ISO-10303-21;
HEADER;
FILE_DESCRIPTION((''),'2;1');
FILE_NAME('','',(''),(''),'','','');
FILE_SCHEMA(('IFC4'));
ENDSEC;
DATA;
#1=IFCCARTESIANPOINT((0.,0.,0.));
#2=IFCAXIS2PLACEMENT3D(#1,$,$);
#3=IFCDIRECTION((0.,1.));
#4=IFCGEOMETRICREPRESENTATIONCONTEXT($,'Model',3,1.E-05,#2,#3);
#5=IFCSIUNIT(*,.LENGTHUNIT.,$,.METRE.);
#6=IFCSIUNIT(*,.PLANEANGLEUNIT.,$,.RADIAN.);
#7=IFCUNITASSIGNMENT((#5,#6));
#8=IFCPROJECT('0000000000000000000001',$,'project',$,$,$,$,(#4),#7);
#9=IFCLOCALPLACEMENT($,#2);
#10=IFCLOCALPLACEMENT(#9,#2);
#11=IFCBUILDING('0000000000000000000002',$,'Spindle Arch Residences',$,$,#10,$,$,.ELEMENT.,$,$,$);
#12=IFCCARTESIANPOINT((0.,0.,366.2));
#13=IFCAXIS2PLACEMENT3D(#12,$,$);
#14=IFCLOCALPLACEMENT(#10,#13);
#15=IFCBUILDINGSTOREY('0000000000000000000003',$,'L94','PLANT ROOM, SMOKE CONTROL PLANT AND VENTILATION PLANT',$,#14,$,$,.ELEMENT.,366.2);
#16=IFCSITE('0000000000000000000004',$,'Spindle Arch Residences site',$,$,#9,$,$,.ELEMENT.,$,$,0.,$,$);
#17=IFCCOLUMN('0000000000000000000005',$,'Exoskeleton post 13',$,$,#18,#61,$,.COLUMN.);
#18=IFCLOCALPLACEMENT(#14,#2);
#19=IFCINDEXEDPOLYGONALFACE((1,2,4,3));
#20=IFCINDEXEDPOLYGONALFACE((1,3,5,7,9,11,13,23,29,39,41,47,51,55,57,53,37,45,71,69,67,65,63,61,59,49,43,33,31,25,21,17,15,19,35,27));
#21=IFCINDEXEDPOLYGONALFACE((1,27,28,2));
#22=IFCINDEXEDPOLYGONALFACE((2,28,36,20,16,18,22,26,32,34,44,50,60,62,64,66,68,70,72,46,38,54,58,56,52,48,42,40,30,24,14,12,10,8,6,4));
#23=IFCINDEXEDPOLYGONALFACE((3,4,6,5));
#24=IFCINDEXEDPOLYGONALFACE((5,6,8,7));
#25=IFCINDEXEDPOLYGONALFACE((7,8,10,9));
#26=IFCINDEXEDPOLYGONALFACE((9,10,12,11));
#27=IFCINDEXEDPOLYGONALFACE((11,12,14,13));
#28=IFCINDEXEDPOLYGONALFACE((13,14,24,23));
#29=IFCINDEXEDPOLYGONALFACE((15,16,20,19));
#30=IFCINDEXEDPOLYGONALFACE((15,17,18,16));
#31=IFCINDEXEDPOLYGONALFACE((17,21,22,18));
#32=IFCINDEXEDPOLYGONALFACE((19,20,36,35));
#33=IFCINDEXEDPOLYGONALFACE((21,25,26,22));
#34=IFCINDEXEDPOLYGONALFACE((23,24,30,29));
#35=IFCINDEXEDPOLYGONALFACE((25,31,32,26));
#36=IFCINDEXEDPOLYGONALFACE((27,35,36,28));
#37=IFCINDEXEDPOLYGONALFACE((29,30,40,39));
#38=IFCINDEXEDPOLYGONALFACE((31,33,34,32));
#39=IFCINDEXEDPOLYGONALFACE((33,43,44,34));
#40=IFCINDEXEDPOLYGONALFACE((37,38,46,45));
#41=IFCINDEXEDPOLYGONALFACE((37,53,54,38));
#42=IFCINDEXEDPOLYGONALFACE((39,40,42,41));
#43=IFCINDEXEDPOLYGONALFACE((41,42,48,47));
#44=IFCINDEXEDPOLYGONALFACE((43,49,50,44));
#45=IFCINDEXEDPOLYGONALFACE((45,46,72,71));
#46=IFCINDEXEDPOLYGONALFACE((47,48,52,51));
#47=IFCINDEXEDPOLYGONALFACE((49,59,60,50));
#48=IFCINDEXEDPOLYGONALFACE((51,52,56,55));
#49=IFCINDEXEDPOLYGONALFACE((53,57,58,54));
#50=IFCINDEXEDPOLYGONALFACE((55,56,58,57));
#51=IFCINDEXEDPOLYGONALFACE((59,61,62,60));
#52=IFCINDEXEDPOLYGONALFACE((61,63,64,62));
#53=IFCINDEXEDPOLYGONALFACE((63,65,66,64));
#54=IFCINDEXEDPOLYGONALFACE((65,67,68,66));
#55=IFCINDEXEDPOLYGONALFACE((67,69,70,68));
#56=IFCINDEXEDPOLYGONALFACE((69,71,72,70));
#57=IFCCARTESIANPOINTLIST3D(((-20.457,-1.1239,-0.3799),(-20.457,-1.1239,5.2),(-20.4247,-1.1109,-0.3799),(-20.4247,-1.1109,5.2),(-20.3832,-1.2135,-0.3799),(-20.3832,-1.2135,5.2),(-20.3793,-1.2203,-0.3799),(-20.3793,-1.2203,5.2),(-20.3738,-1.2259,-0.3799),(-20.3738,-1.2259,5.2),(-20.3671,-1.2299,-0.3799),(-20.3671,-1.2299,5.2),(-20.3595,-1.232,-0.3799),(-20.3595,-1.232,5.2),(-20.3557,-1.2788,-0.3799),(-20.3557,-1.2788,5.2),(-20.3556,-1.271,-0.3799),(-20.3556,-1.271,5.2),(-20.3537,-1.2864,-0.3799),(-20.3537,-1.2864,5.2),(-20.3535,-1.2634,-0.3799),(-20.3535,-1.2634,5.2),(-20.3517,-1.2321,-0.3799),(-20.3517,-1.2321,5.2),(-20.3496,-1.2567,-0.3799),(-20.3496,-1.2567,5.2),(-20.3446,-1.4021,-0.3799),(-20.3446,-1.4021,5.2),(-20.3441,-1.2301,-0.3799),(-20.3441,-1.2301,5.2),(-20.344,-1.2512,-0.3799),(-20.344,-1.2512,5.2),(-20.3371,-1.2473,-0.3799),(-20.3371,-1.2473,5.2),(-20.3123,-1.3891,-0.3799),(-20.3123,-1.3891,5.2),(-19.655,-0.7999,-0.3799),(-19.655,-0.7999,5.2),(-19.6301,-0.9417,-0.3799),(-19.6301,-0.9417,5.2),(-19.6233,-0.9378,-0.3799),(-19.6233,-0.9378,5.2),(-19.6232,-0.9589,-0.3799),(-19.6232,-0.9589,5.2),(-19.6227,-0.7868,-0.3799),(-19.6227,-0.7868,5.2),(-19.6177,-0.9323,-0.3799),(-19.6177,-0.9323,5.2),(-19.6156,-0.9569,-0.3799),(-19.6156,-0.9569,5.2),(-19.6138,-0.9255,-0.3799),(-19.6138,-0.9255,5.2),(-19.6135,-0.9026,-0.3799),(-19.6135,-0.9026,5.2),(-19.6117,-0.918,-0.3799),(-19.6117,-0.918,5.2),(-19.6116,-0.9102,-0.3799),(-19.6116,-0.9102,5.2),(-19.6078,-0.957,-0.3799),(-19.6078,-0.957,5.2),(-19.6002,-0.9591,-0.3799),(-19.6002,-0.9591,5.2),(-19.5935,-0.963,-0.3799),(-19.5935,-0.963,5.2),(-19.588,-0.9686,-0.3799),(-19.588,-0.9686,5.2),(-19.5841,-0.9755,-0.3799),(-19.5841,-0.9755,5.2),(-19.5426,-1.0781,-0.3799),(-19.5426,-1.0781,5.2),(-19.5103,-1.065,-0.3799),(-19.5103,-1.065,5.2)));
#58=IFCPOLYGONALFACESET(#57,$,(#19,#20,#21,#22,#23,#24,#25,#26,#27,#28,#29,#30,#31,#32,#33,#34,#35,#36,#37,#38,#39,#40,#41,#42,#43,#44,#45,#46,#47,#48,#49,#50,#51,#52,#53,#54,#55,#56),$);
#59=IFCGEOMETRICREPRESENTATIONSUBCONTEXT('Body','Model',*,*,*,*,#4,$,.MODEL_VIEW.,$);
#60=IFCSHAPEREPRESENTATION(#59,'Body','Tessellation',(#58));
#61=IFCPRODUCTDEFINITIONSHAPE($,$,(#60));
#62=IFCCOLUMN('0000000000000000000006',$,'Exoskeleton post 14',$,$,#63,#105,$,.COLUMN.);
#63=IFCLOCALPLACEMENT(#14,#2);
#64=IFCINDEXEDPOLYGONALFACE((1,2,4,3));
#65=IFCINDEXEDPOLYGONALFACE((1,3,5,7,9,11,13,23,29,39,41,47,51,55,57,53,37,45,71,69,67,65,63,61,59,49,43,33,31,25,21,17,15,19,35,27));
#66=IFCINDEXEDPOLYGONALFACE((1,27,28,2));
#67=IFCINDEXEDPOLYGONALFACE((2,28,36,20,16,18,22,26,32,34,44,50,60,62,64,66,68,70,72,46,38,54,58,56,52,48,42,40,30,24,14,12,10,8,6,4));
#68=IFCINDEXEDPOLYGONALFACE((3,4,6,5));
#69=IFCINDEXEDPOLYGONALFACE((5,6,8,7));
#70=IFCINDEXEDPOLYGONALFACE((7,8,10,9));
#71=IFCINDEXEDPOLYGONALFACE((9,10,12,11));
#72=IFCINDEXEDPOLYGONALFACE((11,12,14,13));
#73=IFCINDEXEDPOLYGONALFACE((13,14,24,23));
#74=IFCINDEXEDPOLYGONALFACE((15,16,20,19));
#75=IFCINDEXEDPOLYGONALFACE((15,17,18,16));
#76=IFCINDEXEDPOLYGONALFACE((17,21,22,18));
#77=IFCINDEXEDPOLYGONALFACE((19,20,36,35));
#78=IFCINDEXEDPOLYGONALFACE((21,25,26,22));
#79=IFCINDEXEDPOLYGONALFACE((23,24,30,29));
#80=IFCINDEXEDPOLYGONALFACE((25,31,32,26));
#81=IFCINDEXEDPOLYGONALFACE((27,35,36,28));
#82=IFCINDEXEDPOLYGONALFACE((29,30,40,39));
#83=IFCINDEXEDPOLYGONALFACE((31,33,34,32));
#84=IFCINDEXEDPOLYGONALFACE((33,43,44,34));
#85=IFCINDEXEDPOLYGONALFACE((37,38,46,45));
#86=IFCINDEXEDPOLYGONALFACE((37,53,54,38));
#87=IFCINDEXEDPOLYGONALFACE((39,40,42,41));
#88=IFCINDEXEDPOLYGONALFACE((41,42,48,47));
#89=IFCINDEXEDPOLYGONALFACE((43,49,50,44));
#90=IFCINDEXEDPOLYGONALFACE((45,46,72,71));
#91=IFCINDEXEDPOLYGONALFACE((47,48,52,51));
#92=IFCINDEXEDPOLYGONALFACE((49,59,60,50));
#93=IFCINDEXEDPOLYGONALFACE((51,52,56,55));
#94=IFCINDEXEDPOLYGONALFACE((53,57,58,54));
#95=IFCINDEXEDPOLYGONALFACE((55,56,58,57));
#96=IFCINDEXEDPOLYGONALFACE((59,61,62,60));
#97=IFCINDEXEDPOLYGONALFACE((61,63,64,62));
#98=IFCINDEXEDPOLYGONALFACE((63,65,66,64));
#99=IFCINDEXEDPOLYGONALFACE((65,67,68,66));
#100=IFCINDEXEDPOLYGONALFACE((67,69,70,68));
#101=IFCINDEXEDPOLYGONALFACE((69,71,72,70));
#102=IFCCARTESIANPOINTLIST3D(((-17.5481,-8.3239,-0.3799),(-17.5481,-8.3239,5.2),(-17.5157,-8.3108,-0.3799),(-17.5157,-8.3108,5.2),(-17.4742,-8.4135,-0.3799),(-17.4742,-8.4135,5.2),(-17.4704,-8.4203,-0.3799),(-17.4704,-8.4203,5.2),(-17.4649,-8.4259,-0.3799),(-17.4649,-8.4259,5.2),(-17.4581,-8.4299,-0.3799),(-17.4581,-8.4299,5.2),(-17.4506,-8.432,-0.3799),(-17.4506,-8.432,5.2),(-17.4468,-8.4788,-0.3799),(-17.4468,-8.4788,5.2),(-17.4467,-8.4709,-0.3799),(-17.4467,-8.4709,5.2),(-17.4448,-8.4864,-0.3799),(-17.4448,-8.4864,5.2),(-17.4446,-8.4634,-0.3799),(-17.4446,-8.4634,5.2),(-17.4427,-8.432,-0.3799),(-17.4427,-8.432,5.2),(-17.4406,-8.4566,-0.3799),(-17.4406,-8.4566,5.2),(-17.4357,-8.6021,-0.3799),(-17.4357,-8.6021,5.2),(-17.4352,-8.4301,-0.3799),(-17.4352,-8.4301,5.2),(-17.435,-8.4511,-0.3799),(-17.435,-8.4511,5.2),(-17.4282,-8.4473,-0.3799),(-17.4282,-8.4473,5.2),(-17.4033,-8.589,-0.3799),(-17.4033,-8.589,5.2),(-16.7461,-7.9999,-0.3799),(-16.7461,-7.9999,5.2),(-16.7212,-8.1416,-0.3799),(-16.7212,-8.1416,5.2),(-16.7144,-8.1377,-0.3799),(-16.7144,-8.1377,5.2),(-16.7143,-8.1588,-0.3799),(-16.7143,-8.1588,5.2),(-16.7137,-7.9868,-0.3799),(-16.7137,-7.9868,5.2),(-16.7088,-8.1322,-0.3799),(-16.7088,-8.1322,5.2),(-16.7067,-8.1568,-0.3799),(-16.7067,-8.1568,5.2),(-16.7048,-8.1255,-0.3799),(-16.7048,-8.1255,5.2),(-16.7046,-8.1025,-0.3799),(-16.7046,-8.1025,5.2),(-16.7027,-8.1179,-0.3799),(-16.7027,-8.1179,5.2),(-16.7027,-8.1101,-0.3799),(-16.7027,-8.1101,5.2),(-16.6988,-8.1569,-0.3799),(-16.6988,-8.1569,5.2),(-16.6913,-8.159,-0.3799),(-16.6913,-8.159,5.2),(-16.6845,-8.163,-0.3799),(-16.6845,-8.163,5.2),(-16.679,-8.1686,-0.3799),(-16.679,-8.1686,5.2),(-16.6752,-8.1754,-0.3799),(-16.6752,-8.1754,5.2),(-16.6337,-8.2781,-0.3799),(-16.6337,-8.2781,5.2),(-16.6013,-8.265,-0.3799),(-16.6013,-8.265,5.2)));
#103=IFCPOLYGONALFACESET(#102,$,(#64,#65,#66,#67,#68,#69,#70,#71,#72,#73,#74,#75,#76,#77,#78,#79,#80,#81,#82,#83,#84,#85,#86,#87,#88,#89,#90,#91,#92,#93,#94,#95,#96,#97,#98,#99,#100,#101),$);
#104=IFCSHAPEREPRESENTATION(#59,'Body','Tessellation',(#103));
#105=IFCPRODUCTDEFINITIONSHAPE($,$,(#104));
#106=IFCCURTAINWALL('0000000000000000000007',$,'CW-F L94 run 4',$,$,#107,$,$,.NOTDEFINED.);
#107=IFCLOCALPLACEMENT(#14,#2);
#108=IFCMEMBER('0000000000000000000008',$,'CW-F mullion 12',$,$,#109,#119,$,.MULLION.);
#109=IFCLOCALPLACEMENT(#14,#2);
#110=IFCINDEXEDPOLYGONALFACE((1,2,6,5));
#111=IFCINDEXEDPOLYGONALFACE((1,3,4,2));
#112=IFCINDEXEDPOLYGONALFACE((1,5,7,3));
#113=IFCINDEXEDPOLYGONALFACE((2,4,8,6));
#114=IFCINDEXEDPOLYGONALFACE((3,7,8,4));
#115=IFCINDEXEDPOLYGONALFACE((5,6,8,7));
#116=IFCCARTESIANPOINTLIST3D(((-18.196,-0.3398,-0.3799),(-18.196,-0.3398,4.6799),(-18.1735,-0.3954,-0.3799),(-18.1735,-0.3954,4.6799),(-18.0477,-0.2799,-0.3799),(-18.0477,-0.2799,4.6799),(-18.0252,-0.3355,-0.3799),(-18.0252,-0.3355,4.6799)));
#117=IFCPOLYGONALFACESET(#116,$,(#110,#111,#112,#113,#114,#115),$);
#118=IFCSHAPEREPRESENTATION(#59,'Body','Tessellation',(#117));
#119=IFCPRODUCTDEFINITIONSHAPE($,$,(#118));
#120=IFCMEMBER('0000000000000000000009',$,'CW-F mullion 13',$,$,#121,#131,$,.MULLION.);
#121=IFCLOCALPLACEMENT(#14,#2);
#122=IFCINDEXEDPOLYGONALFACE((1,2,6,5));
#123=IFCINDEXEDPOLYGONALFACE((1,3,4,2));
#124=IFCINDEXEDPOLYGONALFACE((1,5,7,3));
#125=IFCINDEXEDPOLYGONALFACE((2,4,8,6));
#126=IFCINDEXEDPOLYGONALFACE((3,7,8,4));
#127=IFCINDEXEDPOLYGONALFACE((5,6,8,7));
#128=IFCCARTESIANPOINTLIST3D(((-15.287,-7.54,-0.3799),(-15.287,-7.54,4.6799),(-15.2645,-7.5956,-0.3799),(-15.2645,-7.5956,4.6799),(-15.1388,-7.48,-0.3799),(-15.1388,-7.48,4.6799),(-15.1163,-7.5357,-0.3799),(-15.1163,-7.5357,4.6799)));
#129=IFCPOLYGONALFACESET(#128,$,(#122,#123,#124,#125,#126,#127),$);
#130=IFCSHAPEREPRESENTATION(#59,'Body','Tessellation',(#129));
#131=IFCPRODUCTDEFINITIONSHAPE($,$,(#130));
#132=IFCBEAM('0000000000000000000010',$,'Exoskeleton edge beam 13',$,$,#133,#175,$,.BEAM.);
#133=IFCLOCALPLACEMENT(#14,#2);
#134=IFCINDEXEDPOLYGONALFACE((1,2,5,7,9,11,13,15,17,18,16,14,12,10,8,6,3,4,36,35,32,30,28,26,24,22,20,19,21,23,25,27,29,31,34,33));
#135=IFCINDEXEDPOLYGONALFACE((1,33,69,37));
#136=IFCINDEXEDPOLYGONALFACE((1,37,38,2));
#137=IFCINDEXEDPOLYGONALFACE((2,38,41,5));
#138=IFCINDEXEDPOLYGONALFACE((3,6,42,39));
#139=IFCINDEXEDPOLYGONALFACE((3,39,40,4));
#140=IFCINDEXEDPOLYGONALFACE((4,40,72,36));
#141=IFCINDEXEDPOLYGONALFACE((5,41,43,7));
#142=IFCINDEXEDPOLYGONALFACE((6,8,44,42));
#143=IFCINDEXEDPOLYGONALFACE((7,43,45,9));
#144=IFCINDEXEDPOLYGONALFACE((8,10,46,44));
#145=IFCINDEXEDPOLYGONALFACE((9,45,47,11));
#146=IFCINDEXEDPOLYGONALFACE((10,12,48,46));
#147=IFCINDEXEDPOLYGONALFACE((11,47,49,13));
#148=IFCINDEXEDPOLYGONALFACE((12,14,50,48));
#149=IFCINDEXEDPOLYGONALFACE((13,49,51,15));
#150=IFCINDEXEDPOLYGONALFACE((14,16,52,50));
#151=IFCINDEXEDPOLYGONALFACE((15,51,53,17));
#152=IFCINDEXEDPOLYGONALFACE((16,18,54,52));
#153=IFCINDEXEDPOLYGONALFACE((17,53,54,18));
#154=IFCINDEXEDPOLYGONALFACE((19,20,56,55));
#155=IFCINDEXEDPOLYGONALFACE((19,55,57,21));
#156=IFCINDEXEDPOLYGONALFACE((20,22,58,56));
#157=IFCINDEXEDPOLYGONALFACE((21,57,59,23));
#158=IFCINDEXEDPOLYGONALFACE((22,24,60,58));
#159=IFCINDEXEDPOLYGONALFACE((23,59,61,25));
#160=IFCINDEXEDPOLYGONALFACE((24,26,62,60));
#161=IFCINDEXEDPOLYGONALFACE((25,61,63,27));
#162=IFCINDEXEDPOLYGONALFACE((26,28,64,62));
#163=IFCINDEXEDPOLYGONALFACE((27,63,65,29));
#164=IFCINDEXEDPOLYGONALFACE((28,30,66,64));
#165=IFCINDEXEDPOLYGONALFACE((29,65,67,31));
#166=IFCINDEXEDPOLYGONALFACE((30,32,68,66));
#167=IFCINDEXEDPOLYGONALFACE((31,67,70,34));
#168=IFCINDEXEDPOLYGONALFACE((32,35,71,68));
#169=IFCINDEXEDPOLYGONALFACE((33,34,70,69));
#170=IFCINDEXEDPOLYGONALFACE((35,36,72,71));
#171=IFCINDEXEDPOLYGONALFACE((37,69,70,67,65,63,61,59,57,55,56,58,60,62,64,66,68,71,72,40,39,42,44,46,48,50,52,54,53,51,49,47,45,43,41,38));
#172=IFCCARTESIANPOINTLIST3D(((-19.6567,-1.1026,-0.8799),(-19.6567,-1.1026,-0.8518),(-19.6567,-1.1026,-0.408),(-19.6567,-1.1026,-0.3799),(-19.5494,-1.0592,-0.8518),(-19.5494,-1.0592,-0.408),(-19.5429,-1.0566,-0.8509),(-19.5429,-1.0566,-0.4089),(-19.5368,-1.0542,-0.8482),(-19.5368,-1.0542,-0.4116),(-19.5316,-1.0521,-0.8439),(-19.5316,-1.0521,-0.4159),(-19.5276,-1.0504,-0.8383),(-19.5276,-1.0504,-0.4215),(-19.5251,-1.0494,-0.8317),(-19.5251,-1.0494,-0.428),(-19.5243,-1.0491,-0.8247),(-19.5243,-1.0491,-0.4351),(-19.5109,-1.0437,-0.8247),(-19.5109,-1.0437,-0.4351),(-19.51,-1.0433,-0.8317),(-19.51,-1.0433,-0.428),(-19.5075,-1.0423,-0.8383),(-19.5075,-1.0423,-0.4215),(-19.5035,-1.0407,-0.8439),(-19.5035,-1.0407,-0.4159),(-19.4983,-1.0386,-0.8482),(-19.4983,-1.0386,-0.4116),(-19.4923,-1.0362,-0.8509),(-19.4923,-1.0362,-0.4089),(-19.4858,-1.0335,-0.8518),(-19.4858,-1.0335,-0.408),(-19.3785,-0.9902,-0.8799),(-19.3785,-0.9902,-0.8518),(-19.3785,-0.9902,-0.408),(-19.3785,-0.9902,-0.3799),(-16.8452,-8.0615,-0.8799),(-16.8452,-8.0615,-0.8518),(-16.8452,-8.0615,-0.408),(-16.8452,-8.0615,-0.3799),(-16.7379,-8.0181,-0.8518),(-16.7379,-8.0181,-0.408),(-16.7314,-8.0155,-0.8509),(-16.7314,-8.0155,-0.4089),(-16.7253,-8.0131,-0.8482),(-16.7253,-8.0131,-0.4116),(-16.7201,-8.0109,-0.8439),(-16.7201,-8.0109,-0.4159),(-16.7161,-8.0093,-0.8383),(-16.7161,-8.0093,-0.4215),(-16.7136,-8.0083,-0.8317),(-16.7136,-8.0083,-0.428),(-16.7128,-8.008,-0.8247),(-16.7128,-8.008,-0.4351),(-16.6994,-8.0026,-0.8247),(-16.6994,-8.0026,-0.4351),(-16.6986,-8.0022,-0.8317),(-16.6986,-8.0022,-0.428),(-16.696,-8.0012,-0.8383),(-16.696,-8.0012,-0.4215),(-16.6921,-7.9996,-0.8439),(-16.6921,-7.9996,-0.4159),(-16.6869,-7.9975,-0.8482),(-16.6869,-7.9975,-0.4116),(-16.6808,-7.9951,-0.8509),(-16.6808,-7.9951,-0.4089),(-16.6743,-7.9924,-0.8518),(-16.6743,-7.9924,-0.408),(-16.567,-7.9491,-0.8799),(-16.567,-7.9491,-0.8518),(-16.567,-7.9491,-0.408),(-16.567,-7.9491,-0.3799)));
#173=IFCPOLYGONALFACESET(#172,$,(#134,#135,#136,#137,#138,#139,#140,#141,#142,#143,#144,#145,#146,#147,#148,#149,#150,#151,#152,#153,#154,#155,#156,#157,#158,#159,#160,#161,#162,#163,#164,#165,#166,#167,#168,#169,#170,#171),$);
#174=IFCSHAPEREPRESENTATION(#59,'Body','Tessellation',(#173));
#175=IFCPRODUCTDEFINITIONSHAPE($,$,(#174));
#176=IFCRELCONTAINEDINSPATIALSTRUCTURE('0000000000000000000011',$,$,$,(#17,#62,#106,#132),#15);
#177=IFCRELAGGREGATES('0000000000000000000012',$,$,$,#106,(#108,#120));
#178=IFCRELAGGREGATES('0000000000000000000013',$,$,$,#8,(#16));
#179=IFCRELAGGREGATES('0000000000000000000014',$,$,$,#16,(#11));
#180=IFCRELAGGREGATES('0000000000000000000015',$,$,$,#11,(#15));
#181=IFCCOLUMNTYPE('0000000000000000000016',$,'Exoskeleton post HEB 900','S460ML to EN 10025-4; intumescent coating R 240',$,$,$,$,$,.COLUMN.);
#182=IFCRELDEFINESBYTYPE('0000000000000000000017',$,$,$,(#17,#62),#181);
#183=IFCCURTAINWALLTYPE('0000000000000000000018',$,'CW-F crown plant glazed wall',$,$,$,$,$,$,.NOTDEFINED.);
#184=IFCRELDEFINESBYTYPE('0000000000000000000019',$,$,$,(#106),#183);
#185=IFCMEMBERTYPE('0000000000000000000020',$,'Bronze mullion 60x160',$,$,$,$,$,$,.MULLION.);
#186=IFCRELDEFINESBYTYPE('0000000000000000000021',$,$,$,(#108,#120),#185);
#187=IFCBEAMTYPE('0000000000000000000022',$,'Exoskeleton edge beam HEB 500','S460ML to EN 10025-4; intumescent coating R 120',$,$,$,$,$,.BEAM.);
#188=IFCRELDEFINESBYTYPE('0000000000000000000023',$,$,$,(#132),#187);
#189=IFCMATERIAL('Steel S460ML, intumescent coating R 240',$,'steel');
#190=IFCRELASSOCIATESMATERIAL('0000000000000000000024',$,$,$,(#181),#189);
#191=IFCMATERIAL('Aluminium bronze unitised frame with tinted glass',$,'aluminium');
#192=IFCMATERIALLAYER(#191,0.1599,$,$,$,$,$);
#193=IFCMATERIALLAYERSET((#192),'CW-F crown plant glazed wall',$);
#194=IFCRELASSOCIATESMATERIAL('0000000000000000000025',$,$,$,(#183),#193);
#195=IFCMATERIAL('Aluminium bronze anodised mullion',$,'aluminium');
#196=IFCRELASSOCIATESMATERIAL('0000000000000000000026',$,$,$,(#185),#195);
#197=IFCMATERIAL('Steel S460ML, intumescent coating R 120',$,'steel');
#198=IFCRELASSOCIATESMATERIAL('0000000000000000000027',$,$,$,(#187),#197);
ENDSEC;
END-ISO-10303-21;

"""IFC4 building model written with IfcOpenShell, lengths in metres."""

from ifc_helpers import new_model, si_unit, direction, frame, origin, origin_2d, place, context, subcontext, project, spatial, rectangle, i_section, extrude, material, layer, layer_set, material_profile, profile_set, type_object, element, aggregate, save


model = new_model("IFC4")

# Units and contexts
model_context = context("Model", 3, precision=1e-05, world=origin(), true_north=direction((0.0, 1.0)))
body_context = subcontext(model_context, "Body", "Model", "MODEL_VIEW")
ifc_project = project(units=[si_unit("LENGTHUNIT", "METRE"), si_unit("PLANEANGLEUNIT", "RADIAN")], contexts=[model_context])

# Site, building, storey
site_placement = place(None, origin())
site = spatial("IfcSite", under=ifc_project, at=site_placement, Name="Spindle Arch Residences site", CompositionType="ELEMENT", RefElevation=0.0)
building_placement = place(site_placement, origin())
building = spatial("IfcBuilding", under=site, at=building_placement, Name="Spindle Arch Residences", CompositionType="ELEMENT")
storey_placement = place(building_placement, frame((0.0, 0.0, 366.2)))
storey = spatial("IfcBuildingStorey", under=building, at=storey_placement, Name="L94", Description="PLANT ROOM, SMOKE CONTROL PLANT AND VENTILATION PLANT", CompositionType="ELEMENT", Elevation=366.2)

# Columns
ifc_material_1 = material(Name="Steel S460ML, intumescent coating R 240", Category="steel")
ifc_material_profile_1 = material_profile(ifc_material_1, i_section(OverallWidth=0.3, OverallDepth=0.8999, WebThickness=0.0186, FlangeThickness=0.0349, FilletRadius=0.03, at=origin_2d()), Name="HEB 900")
ifc_profile_set_1 = profile_set([ifc_material_profile_1], Name="Steel S460ML, intumescent coating R 240")
column_type = type_object("IfcColumnType", Name="Exoskeleton post HEB 900", Description="S460ML to EN 10025-4; intumescent coating R 240", PredefinedType="COLUMN", material=ifc_profile_set_1)
for number, where, z_axis, x_axis, name in (
    (1, (-19.9836, -1.0945, -0.3799), (0.0, 0.0, 1.0), (-0.374607, 0.927184, 0.0), "Exoskeleton post 13"),
    (2, (-17.0747, -8.2944, -0.3799), (0.0, 0.0, 1.0), (-0.374607, 0.927184, 0.0), "Exoskeleton post 14"),
):
    element("IfcColumn", number, at=place(storey_placement, frame(where, z_axis=z_axis, x_axis=x_axis)), inside=storey, type_object=column_type, Name=name, PredefinedType="COLUMN", context=body_context, shape_type="SweptSolid", body=[
        extrude(i_section(OverallWidth=0.3, OverallDepth=0.8999, WebThickness=0.0186, FlangeThickness=0.0349, FilletRadius=0.03, at=origin_2d()), origin(), (0.0, 0.0, 1.0), 5.5798),
    ])

# Curtain wall, members
ifc_material_2 = material(Name="Aluminium bronze unitised frame with tinted glass", Category="aluminium")
ifc_layer_1 = layer(ifc_material_2, 0.1599)
ifc_layer_set_1 = layer_set([ifc_layer_1], Name="CW-F crown plant glazed wall")
curtain_wall_type = type_object("IfcCurtainWallType", Name="CW-F crown plant glazed wall", PredefinedType="NOTDEFINED", material=ifc_layer_set_1)
curtain_wall_placement = place(storey_placement, origin())
curtain_wall = element("IfcCurtainWall", 3, at=curtain_wall_placement, inside=storey, type_object=curtain_wall_type, Name="CW-F L94 run 4", PredefinedType="NOTDEFINED")
ifc_material_3 = material(Name="Aluminium bronze anodised mullion", Category="aluminium")
ifc_material_profile_2 = material_profile(ifc_material_3, rectangle(XDim=0.1599, YDim=0.0601, at=origin_2d()), Name="MU 60x160")
ifc_profile_set_2 = profile_set([ifc_material_profile_2], Name="Aluminium bronze anodised mullion")
member_type = type_object("IfcMemberType", Name="Bronze mullion 60x160", PredefinedType="MULLION", material=ifc_profile_set_2)
member_1_placement = place(storey_placement, frame((-18.1106, -0.3376, -0.3799), z_axis=(0.0, 0.0, 1.0), x_axis=(0.927184, 0.374607, 0.0)))
member_1 = element("IfcMember", 4, at=member_1_placement, type_object=member_type, Name="CW-F mullion 12", PredefinedType="MULLION", context=body_context, shape_type="SweptSolid", body=[
    extrude(rectangle(XDim=0.1599, YDim=0.0601, at=origin_2d()), origin(), (0.0, 0.0, 1.0), 5.0598),
])
member_2_placement = place(storey_placement, frame((-15.2017, -7.5378, -0.3799), z_axis=(0.0, 0.0, 1.0), x_axis=(0.927184, 0.374607, 0.0)))
member_2 = element("IfcMember", 5, at=member_2_placement, type_object=member_type, Name="CW-F mullion 13", PredefinedType="MULLION", context=body_context, shape_type="SweptSolid", body=[
    extrude(rectangle(XDim=0.1599, YDim=0.0601, at=origin_2d()), origin(), (0.0, 0.0, 1.0), 5.0598),
])

# Beam
ifc_material_4 = material(Name="Steel S460ML, intumescent coating R 120", Category="steel")
ifc_material_profile_3 = material_profile(ifc_material_4, i_section(OverallWidth=0.3, OverallDepth=0.5, WebThickness=0.0144, FlangeThickness=0.0281, FilletRadius=0.0271, at=origin_2d()), Name="HEB 500")
ifc_profile_set_3 = profile_set([ifc_material_profile_3], Name="Steel S460ML, intumescent coating R 120")
beam_type_1 = type_object("IfcBeamType", Name="Exoskeleton edge beam HEB 500", Description="S460ML to EN 10025-4; intumescent coating R 120", PredefinedType="BEAM", material=ifc_profile_set_3)
for number, where, z_axis, x_axis, name in (
    (6, (-19.5176, -1.0464, -0.6299), (0.374596, -0.927188, 0.0), (0.927188, 0.374596, 0.0), "Exoskeleton edge beam 13"),
):
    element("IfcBeam", number, at=place(storey_placement, frame(where, z_axis=z_axis, x_axis=x_axis)), inside=storey, type_object=beam_type_1, Name=name, PredefinedType="BEAM", context=body_context, shape_type="SweptSolid", body=[
        extrude(i_section(OverallWidth=0.3, OverallDepth=0.5, WebThickness=0.0144, FlangeThickness=0.0281, FilletRadius=0.0271, at=origin_2d()), origin(), (0.0, 0.0, 1.0), 7.5054),
    ])

aggregate(curtain_wall, [member_1, member_2])

save(model, "model.ifc")
